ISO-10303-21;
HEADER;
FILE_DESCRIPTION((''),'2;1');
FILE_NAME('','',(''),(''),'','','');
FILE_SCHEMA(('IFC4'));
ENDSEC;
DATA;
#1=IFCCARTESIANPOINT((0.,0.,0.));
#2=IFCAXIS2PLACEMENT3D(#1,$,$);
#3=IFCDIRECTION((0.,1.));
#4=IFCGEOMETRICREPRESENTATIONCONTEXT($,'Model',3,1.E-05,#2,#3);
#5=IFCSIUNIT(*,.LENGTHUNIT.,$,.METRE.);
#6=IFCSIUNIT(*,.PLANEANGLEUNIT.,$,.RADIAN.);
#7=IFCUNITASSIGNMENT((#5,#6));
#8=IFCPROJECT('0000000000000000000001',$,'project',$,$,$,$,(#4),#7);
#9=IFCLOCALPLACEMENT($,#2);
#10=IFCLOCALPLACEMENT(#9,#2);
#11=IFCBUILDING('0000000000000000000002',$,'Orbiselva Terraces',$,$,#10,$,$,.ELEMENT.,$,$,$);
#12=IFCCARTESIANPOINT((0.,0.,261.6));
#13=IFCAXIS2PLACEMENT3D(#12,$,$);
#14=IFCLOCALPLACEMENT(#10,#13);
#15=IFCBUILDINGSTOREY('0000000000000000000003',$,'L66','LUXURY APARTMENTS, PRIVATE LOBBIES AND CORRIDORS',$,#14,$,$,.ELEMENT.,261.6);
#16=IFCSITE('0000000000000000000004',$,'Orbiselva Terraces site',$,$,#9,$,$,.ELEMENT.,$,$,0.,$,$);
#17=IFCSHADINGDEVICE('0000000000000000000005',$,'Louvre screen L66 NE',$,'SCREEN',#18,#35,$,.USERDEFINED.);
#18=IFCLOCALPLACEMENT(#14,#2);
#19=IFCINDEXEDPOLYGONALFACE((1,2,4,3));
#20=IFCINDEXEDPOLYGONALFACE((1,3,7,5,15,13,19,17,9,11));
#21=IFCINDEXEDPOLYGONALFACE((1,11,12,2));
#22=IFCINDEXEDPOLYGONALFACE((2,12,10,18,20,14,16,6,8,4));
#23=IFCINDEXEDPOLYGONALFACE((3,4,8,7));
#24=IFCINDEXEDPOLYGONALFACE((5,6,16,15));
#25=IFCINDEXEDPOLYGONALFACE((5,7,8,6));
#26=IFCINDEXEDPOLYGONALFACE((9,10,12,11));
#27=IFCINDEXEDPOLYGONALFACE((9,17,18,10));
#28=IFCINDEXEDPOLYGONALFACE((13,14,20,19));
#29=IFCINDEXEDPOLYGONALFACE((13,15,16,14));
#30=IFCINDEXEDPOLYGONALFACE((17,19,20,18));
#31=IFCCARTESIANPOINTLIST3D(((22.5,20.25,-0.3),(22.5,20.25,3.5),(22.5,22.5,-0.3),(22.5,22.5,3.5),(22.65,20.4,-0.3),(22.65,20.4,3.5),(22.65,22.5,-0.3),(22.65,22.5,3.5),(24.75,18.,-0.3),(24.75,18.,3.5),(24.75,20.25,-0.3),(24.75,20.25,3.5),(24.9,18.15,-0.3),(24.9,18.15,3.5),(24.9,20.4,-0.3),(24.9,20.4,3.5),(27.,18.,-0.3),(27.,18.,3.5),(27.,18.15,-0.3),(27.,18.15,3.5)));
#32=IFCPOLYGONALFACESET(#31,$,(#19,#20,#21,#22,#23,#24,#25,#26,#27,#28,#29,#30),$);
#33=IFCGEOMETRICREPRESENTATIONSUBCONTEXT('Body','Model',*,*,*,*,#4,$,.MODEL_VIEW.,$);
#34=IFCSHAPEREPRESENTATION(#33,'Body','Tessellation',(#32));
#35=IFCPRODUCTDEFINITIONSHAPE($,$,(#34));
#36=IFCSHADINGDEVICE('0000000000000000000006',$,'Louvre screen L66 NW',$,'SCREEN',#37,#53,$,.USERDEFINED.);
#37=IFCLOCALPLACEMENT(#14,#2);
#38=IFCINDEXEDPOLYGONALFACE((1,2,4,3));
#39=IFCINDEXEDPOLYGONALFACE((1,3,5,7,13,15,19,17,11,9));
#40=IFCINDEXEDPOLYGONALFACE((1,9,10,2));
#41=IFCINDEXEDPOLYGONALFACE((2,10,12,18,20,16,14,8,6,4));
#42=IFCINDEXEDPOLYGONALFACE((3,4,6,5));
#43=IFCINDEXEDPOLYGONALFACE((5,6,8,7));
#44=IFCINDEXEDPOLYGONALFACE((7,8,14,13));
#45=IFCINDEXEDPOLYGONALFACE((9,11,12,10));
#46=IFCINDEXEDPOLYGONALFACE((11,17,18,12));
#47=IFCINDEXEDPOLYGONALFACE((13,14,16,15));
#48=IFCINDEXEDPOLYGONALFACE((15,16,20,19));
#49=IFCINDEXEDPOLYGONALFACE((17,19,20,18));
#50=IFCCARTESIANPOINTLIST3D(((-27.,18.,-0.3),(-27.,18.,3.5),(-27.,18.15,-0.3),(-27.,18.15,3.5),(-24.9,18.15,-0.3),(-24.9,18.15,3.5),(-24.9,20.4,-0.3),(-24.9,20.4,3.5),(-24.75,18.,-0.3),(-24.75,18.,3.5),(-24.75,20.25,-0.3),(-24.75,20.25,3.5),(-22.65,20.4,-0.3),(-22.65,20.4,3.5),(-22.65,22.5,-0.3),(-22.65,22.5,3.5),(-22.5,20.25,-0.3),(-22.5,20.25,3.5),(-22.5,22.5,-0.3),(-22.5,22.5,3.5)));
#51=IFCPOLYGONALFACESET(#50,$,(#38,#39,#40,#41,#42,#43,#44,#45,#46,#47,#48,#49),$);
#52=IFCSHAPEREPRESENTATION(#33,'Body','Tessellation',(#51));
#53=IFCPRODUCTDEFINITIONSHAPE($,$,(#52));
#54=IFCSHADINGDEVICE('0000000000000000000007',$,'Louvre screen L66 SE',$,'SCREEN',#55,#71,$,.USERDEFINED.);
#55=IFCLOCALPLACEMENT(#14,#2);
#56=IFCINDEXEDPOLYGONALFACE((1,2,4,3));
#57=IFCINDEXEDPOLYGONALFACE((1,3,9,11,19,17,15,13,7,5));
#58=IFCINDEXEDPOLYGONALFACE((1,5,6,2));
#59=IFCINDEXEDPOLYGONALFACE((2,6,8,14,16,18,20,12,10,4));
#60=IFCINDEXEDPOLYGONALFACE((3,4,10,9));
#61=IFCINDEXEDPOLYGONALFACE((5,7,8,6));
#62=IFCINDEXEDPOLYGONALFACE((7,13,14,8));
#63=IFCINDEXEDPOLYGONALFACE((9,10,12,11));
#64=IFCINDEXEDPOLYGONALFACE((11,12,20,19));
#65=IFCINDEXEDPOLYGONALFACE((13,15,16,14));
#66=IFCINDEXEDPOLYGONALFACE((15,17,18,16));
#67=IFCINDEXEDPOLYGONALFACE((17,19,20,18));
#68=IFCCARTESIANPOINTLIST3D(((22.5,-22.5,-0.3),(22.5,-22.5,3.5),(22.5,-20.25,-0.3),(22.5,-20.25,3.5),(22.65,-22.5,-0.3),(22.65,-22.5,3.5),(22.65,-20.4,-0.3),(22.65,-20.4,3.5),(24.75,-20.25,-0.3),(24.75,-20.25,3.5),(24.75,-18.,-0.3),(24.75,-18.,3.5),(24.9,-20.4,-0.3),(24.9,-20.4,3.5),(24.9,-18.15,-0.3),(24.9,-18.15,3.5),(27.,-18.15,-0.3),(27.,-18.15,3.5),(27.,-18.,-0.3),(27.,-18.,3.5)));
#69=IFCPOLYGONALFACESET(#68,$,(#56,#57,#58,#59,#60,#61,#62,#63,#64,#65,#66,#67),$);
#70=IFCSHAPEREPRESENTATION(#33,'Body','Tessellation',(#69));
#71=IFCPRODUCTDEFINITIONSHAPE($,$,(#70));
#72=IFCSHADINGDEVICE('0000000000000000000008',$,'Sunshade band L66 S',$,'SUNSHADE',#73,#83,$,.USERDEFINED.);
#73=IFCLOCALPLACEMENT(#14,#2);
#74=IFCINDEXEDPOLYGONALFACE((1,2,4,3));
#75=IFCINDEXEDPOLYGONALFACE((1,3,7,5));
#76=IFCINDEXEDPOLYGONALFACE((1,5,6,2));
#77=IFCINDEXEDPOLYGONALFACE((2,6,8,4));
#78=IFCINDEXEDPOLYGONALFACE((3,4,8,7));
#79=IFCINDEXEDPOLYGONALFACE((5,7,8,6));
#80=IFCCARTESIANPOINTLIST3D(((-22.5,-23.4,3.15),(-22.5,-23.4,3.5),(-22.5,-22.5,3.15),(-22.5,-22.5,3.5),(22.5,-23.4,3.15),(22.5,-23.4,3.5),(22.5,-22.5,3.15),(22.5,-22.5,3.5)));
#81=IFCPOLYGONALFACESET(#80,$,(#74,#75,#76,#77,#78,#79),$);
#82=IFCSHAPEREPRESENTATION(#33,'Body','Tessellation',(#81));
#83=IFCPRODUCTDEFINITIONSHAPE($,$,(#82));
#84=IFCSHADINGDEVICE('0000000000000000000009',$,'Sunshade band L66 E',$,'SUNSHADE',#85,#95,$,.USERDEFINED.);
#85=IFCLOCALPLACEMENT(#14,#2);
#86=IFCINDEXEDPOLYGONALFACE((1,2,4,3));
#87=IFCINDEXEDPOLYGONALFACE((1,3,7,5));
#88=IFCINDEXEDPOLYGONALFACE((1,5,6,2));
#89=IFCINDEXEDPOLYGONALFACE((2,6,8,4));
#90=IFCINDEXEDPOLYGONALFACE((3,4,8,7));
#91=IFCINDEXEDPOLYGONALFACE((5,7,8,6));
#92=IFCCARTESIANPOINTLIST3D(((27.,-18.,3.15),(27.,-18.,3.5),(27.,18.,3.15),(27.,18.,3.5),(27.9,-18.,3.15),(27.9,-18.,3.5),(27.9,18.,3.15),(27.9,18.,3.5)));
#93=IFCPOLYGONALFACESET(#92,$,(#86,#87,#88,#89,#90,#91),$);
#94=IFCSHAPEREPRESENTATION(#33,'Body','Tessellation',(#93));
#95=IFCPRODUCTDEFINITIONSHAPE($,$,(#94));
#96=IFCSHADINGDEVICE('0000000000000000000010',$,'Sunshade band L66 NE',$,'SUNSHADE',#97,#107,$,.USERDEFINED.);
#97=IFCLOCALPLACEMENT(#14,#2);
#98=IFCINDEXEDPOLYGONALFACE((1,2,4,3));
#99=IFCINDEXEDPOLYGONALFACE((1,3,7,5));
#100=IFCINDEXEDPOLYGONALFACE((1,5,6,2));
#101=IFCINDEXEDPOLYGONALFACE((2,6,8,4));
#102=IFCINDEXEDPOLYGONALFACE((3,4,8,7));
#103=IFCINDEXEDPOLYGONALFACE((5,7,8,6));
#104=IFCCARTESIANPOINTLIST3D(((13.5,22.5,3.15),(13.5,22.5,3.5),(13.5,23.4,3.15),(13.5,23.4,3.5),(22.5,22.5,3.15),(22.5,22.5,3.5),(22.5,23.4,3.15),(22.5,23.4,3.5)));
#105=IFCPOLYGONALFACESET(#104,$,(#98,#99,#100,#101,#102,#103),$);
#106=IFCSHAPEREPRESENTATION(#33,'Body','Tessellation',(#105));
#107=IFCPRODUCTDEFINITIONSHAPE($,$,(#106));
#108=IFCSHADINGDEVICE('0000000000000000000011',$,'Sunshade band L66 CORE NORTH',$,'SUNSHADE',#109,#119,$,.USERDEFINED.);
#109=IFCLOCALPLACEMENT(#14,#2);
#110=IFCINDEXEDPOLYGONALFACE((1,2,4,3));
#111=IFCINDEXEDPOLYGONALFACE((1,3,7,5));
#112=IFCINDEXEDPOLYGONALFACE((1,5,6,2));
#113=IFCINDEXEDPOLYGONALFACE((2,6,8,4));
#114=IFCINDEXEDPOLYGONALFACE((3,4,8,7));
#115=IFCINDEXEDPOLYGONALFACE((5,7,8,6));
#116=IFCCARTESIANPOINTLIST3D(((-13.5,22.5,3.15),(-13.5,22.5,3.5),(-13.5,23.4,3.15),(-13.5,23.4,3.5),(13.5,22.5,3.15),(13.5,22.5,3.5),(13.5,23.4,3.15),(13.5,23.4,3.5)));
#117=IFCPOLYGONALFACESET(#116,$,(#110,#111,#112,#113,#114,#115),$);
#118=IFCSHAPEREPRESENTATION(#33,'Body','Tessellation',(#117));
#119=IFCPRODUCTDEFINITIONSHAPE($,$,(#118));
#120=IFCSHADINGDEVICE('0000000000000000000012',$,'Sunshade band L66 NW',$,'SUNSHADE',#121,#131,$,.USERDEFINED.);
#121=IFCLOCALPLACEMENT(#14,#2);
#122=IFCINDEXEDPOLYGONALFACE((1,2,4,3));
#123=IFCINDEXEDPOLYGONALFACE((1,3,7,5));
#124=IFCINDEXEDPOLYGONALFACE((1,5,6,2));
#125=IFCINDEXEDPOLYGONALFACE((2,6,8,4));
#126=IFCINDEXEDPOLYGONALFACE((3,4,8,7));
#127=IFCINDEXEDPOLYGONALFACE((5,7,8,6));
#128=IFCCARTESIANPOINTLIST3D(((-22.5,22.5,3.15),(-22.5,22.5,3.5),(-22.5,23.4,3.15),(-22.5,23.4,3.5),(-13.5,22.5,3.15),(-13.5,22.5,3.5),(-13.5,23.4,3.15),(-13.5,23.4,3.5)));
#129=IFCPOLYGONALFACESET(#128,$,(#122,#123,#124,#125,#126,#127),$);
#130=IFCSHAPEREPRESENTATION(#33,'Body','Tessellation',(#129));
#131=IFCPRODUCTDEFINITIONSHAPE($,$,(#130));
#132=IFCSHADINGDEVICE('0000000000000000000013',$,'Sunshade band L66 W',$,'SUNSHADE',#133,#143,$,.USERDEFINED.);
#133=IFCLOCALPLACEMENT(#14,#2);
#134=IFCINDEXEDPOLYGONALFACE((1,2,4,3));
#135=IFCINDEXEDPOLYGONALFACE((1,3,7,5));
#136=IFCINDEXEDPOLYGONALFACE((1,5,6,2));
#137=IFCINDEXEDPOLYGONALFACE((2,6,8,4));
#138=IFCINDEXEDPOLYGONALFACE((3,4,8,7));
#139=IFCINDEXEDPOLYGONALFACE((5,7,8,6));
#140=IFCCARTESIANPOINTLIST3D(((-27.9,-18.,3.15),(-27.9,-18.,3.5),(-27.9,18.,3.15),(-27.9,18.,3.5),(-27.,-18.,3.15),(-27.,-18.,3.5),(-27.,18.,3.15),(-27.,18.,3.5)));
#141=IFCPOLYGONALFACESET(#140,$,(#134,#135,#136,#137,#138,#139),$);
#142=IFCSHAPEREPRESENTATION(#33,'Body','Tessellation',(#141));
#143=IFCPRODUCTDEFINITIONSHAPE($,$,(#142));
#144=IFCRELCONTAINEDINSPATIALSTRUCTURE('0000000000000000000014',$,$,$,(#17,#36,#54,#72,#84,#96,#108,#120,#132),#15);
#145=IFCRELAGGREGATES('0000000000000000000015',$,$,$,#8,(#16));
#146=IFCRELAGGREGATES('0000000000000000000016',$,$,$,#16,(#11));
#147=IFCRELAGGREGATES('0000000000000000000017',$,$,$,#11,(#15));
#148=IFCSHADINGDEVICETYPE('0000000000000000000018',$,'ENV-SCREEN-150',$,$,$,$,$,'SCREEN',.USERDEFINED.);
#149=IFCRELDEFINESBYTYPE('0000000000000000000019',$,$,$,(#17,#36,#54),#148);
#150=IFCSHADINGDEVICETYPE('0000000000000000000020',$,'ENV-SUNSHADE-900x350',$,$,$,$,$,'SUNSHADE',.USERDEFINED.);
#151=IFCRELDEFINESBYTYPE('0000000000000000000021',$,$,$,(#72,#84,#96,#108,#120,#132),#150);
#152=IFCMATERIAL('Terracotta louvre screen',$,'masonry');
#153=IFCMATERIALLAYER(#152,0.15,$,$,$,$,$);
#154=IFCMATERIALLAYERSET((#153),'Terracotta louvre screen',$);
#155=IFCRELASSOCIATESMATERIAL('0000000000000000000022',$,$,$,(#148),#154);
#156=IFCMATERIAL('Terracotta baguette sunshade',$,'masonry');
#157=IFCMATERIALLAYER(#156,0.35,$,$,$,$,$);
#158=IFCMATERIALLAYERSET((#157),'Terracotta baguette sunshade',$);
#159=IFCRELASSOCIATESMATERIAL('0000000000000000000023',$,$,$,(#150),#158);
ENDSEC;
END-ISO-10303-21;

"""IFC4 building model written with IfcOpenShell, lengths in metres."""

from ifc_helpers import new_model, si_unit, direction, frame, origin, place, context, subcontext, project, spatial, polyline, outline, extrude, material, layer, layer_set, type_object, element, save


model = new_model("IFC4")

# Units and contexts
model_context = context("Model", 3, precision=1e-05, world=origin(), true_north=direction((0.0, 1.0)))
body_context = subcontext(model_context, "Body", "Model", "MODEL_VIEW")
ifc_project = project(units=[si_unit("LENGTHUNIT", "METRE"), si_unit("PLANEANGLEUNIT", "RADIAN")], contexts=[model_context])

# Site, building, storey
site_placement = place(None, origin())
site = spatial("IfcSite", under=ifc_project, at=site_placement, Name="Orbiselva Terraces site", CompositionType="ELEMENT", RefElevation=0.0)
building_placement = place(site_placement, origin())
building = spatial("IfcBuilding", under=site, at=building_placement, Name="Orbiselva Terraces", CompositionType="ELEMENT")
storey_placement = place(building_placement, frame((0.0, 0.0, 261.6)))
storey = spatial("IfcBuildingStorey", under=building, at=storey_placement, Name="L66", Description="LUXURY APARTMENTS, PRIVATE LOBBIES AND CORRIDORS", CompositionType="ELEMENT", Elevation=261.6)

# Shading devices
ifc_material_1 = material(Name="Terracotta louvre screen", Category="masonry")
ifc_layer_1 = layer(ifc_material_1, 0.15)
ifc_layer_set_1 = layer_set([ifc_layer_1], Name="Terracotta louvre screen")
shading_device_type_1 = type_object("IfcShadingDeviceType", Name="ENV-SCREEN-150", ElementType="SCREEN", PredefinedType="USERDEFINED", material=ifc_layer_set_1)
shading_device_1_placement = place(storey_placement, frame((0.0, 0.0, -0.3)))
element("IfcShadingDevice", 1, at=shading_device_1_placement, inside=storey, type_object=shading_device_type_1, Name="Louvre screen L66 NE", ObjectType="SCREEN", PredefinedType="USERDEFINED", context=body_context, shape_type="SweptSolid", body=[
    extrude(outline(polyline([(27.0, 18.15), (24.9, 18.15), (24.9, 20.4), (22.65, 20.4), (22.65, 22.5), (22.5, 22.5), (22.5, 20.25), (24.75, 20.25), (24.75, 18.0), (27.0, 18.0), (27.0, 18.15)])), origin(), (0.0, 0.0, 1.0), 3.8),
])
shading_device_2_placement = place(storey_placement, frame((0.0, 0.0, -0.3)))
element("IfcShadingDevice", 2, at=shading_device_2_placement, inside=storey, type_object=shading_device_type_1, Name="Louvre screen L66 NW", ObjectType="SCREEN", PredefinedType="USERDEFINED", context=body_context, shape_type="SweptSolid", body=[
    extrude(outline(polyline([(-22.65, 22.5), (-22.65, 20.4), (-24.9, 20.4), (-24.9, 18.15), (-27.0, 18.15), (-27.0, 18.0), (-24.75, 18.0), (-24.75, 20.25), (-22.5, 20.25), (-22.5, 22.5), (-22.65, 22.5)])), origin(), (0.0, 0.0, 1.0), 3.8),
])
shading_device_3_placement = place(storey_placement, frame((0.0, 0.0, -0.3)))
element("IfcShadingDevice", 3, at=shading_device_3_placement, inside=storey, type_object=shading_device_type_1, Name="Louvre screen L66 SE", ObjectType="SCREEN", PredefinedType="USERDEFINED", context=body_context, shape_type="SweptSolid", body=[
    extrude(outline(polyline([(22.65, -22.5), (22.65, -20.4), (24.9, -20.4), (24.9, -18.15), (27.0, -18.15), (27.0, -18.0), (24.75, -18.0), (24.75, -20.25), (22.5, -20.25), (22.5, -22.5), (22.65, -22.5)])), origin(), (0.0, 0.0, 1.0), 3.8),
])
ifc_material_2 = material(Name="Terracotta baguette sunshade", Category="masonry")
ifc_layer_2 = layer(ifc_material_2, 0.35)
ifc_layer_set_2 = layer_set([ifc_layer_2], Name="Terracotta baguette sunshade")
shading_device_type_2 = type_object("IfcShadingDeviceType", Name="ENV-SUNSHADE-900x350", ElementType="SUNSHADE", PredefinedType="USERDEFINED", material=ifc_layer_set_2)
shading_device_4_placement = place(storey_placement, frame((0.0, 0.0, 3.15)))
element("IfcShadingDevice", 4, at=shading_device_4_placement, inside=storey, type_object=shading_device_type_2, Name="Sunshade band L66 S", ObjectType="SUNSHADE", PredefinedType="USERDEFINED", context=body_context, shape_type="SweptSolid", body=[
    extrude(outline(polyline([(-22.5, -23.4), (22.5, -23.4), (22.5, -22.5), (-22.5, -22.5), (-22.5, -23.4)])), origin(), (0.0, 0.0, 1.0), 0.35),
])
shading_device_5_placement = place(storey_placement, frame((0.0, 0.0, 3.15)))
element("IfcShadingDevice", 5, at=shading_device_5_placement, inside=storey, type_object=shading_device_type_2, Name="Sunshade band L66 E", ObjectType="SUNSHADE", PredefinedType="USERDEFINED", context=body_context, shape_type="SweptSolid", body=[
    extrude(outline(polyline([(27.9, -18.0), (27.9, 18.0), (27.0, 18.0), (27.0, -18.0), (27.9, -18.0)])), origin(), (0.0, 0.0, 1.0), 0.35),
])
shading_device_6_placement = place(storey_placement, frame((0.0, 0.0, 3.15)))
element("IfcShadingDevice", 6, at=shading_device_6_placement, inside=storey, type_object=shading_device_type_2, Name="Sunshade band L66 NE", ObjectType="SUNSHADE", PredefinedType="USERDEFINED", context=body_context, shape_type="SweptSolid", body=[
    extrude(outline(polyline([(22.5, 23.4), (13.5, 23.4), (13.5, 22.5), (22.5, 22.5), (22.5, 23.4)])), origin(), (0.0, 0.0, 1.0), 0.35),
])
shading_device_7_placement = place(storey_placement, frame((0.0, 0.0, 3.15)))
element("IfcShadingDevice", 7, at=shading_device_7_placement, inside=storey, type_object=shading_device_type_2, Name="Sunshade band L66 CORE NORTH", ObjectType="SUNSHADE", PredefinedType="USERDEFINED", context=body_context, shape_type="SweptSolid", body=[
    extrude(outline(polyline([(13.5, 23.4), (-13.5, 23.4), (-13.5, 22.5), (13.5, 22.5), (13.5, 23.4)])), origin(), (0.0, 0.0, 1.0), 0.35),
])
shading_device_8_placement = place(storey_placement, frame((0.0, 0.0, 3.15)))
element("IfcShadingDevice", 8, at=shading_device_8_placement, inside=storey, type_object=shading_device_type_2, Name="Sunshade band L66 NW", ObjectType="SUNSHADE", PredefinedType="USERDEFINED", context=body_context, shape_type="SweptSolid", body=[
    extrude(outline(polyline([(-13.5, 23.4), (-22.5, 23.4), (-22.5, 22.5), (-13.5, 22.5), (-13.5, 23.4)])), origin(), (0.0, 0.0, 1.0), 0.35),
])
shading_device_9_placement = place(storey_placement, frame((0.0, 0.0, 3.15)))
element("IfcShadingDevice", 9, at=shading_device_9_placement, inside=storey, type_object=shading_device_type_2, Name="Sunshade band L66 W", ObjectType="SUNSHADE", PredefinedType="USERDEFINED", context=body_context, shape_type="SweptSolid", body=[
    extrude(outline(polyline([(-27.9, 18.0), (-27.9, -18.0), (-27.0, -18.0), (-27.0, 18.0), (-27.9, 18.0)])), origin(), (0.0, 0.0, 1.0), 0.35),
])

save(model, "model.ifc")
